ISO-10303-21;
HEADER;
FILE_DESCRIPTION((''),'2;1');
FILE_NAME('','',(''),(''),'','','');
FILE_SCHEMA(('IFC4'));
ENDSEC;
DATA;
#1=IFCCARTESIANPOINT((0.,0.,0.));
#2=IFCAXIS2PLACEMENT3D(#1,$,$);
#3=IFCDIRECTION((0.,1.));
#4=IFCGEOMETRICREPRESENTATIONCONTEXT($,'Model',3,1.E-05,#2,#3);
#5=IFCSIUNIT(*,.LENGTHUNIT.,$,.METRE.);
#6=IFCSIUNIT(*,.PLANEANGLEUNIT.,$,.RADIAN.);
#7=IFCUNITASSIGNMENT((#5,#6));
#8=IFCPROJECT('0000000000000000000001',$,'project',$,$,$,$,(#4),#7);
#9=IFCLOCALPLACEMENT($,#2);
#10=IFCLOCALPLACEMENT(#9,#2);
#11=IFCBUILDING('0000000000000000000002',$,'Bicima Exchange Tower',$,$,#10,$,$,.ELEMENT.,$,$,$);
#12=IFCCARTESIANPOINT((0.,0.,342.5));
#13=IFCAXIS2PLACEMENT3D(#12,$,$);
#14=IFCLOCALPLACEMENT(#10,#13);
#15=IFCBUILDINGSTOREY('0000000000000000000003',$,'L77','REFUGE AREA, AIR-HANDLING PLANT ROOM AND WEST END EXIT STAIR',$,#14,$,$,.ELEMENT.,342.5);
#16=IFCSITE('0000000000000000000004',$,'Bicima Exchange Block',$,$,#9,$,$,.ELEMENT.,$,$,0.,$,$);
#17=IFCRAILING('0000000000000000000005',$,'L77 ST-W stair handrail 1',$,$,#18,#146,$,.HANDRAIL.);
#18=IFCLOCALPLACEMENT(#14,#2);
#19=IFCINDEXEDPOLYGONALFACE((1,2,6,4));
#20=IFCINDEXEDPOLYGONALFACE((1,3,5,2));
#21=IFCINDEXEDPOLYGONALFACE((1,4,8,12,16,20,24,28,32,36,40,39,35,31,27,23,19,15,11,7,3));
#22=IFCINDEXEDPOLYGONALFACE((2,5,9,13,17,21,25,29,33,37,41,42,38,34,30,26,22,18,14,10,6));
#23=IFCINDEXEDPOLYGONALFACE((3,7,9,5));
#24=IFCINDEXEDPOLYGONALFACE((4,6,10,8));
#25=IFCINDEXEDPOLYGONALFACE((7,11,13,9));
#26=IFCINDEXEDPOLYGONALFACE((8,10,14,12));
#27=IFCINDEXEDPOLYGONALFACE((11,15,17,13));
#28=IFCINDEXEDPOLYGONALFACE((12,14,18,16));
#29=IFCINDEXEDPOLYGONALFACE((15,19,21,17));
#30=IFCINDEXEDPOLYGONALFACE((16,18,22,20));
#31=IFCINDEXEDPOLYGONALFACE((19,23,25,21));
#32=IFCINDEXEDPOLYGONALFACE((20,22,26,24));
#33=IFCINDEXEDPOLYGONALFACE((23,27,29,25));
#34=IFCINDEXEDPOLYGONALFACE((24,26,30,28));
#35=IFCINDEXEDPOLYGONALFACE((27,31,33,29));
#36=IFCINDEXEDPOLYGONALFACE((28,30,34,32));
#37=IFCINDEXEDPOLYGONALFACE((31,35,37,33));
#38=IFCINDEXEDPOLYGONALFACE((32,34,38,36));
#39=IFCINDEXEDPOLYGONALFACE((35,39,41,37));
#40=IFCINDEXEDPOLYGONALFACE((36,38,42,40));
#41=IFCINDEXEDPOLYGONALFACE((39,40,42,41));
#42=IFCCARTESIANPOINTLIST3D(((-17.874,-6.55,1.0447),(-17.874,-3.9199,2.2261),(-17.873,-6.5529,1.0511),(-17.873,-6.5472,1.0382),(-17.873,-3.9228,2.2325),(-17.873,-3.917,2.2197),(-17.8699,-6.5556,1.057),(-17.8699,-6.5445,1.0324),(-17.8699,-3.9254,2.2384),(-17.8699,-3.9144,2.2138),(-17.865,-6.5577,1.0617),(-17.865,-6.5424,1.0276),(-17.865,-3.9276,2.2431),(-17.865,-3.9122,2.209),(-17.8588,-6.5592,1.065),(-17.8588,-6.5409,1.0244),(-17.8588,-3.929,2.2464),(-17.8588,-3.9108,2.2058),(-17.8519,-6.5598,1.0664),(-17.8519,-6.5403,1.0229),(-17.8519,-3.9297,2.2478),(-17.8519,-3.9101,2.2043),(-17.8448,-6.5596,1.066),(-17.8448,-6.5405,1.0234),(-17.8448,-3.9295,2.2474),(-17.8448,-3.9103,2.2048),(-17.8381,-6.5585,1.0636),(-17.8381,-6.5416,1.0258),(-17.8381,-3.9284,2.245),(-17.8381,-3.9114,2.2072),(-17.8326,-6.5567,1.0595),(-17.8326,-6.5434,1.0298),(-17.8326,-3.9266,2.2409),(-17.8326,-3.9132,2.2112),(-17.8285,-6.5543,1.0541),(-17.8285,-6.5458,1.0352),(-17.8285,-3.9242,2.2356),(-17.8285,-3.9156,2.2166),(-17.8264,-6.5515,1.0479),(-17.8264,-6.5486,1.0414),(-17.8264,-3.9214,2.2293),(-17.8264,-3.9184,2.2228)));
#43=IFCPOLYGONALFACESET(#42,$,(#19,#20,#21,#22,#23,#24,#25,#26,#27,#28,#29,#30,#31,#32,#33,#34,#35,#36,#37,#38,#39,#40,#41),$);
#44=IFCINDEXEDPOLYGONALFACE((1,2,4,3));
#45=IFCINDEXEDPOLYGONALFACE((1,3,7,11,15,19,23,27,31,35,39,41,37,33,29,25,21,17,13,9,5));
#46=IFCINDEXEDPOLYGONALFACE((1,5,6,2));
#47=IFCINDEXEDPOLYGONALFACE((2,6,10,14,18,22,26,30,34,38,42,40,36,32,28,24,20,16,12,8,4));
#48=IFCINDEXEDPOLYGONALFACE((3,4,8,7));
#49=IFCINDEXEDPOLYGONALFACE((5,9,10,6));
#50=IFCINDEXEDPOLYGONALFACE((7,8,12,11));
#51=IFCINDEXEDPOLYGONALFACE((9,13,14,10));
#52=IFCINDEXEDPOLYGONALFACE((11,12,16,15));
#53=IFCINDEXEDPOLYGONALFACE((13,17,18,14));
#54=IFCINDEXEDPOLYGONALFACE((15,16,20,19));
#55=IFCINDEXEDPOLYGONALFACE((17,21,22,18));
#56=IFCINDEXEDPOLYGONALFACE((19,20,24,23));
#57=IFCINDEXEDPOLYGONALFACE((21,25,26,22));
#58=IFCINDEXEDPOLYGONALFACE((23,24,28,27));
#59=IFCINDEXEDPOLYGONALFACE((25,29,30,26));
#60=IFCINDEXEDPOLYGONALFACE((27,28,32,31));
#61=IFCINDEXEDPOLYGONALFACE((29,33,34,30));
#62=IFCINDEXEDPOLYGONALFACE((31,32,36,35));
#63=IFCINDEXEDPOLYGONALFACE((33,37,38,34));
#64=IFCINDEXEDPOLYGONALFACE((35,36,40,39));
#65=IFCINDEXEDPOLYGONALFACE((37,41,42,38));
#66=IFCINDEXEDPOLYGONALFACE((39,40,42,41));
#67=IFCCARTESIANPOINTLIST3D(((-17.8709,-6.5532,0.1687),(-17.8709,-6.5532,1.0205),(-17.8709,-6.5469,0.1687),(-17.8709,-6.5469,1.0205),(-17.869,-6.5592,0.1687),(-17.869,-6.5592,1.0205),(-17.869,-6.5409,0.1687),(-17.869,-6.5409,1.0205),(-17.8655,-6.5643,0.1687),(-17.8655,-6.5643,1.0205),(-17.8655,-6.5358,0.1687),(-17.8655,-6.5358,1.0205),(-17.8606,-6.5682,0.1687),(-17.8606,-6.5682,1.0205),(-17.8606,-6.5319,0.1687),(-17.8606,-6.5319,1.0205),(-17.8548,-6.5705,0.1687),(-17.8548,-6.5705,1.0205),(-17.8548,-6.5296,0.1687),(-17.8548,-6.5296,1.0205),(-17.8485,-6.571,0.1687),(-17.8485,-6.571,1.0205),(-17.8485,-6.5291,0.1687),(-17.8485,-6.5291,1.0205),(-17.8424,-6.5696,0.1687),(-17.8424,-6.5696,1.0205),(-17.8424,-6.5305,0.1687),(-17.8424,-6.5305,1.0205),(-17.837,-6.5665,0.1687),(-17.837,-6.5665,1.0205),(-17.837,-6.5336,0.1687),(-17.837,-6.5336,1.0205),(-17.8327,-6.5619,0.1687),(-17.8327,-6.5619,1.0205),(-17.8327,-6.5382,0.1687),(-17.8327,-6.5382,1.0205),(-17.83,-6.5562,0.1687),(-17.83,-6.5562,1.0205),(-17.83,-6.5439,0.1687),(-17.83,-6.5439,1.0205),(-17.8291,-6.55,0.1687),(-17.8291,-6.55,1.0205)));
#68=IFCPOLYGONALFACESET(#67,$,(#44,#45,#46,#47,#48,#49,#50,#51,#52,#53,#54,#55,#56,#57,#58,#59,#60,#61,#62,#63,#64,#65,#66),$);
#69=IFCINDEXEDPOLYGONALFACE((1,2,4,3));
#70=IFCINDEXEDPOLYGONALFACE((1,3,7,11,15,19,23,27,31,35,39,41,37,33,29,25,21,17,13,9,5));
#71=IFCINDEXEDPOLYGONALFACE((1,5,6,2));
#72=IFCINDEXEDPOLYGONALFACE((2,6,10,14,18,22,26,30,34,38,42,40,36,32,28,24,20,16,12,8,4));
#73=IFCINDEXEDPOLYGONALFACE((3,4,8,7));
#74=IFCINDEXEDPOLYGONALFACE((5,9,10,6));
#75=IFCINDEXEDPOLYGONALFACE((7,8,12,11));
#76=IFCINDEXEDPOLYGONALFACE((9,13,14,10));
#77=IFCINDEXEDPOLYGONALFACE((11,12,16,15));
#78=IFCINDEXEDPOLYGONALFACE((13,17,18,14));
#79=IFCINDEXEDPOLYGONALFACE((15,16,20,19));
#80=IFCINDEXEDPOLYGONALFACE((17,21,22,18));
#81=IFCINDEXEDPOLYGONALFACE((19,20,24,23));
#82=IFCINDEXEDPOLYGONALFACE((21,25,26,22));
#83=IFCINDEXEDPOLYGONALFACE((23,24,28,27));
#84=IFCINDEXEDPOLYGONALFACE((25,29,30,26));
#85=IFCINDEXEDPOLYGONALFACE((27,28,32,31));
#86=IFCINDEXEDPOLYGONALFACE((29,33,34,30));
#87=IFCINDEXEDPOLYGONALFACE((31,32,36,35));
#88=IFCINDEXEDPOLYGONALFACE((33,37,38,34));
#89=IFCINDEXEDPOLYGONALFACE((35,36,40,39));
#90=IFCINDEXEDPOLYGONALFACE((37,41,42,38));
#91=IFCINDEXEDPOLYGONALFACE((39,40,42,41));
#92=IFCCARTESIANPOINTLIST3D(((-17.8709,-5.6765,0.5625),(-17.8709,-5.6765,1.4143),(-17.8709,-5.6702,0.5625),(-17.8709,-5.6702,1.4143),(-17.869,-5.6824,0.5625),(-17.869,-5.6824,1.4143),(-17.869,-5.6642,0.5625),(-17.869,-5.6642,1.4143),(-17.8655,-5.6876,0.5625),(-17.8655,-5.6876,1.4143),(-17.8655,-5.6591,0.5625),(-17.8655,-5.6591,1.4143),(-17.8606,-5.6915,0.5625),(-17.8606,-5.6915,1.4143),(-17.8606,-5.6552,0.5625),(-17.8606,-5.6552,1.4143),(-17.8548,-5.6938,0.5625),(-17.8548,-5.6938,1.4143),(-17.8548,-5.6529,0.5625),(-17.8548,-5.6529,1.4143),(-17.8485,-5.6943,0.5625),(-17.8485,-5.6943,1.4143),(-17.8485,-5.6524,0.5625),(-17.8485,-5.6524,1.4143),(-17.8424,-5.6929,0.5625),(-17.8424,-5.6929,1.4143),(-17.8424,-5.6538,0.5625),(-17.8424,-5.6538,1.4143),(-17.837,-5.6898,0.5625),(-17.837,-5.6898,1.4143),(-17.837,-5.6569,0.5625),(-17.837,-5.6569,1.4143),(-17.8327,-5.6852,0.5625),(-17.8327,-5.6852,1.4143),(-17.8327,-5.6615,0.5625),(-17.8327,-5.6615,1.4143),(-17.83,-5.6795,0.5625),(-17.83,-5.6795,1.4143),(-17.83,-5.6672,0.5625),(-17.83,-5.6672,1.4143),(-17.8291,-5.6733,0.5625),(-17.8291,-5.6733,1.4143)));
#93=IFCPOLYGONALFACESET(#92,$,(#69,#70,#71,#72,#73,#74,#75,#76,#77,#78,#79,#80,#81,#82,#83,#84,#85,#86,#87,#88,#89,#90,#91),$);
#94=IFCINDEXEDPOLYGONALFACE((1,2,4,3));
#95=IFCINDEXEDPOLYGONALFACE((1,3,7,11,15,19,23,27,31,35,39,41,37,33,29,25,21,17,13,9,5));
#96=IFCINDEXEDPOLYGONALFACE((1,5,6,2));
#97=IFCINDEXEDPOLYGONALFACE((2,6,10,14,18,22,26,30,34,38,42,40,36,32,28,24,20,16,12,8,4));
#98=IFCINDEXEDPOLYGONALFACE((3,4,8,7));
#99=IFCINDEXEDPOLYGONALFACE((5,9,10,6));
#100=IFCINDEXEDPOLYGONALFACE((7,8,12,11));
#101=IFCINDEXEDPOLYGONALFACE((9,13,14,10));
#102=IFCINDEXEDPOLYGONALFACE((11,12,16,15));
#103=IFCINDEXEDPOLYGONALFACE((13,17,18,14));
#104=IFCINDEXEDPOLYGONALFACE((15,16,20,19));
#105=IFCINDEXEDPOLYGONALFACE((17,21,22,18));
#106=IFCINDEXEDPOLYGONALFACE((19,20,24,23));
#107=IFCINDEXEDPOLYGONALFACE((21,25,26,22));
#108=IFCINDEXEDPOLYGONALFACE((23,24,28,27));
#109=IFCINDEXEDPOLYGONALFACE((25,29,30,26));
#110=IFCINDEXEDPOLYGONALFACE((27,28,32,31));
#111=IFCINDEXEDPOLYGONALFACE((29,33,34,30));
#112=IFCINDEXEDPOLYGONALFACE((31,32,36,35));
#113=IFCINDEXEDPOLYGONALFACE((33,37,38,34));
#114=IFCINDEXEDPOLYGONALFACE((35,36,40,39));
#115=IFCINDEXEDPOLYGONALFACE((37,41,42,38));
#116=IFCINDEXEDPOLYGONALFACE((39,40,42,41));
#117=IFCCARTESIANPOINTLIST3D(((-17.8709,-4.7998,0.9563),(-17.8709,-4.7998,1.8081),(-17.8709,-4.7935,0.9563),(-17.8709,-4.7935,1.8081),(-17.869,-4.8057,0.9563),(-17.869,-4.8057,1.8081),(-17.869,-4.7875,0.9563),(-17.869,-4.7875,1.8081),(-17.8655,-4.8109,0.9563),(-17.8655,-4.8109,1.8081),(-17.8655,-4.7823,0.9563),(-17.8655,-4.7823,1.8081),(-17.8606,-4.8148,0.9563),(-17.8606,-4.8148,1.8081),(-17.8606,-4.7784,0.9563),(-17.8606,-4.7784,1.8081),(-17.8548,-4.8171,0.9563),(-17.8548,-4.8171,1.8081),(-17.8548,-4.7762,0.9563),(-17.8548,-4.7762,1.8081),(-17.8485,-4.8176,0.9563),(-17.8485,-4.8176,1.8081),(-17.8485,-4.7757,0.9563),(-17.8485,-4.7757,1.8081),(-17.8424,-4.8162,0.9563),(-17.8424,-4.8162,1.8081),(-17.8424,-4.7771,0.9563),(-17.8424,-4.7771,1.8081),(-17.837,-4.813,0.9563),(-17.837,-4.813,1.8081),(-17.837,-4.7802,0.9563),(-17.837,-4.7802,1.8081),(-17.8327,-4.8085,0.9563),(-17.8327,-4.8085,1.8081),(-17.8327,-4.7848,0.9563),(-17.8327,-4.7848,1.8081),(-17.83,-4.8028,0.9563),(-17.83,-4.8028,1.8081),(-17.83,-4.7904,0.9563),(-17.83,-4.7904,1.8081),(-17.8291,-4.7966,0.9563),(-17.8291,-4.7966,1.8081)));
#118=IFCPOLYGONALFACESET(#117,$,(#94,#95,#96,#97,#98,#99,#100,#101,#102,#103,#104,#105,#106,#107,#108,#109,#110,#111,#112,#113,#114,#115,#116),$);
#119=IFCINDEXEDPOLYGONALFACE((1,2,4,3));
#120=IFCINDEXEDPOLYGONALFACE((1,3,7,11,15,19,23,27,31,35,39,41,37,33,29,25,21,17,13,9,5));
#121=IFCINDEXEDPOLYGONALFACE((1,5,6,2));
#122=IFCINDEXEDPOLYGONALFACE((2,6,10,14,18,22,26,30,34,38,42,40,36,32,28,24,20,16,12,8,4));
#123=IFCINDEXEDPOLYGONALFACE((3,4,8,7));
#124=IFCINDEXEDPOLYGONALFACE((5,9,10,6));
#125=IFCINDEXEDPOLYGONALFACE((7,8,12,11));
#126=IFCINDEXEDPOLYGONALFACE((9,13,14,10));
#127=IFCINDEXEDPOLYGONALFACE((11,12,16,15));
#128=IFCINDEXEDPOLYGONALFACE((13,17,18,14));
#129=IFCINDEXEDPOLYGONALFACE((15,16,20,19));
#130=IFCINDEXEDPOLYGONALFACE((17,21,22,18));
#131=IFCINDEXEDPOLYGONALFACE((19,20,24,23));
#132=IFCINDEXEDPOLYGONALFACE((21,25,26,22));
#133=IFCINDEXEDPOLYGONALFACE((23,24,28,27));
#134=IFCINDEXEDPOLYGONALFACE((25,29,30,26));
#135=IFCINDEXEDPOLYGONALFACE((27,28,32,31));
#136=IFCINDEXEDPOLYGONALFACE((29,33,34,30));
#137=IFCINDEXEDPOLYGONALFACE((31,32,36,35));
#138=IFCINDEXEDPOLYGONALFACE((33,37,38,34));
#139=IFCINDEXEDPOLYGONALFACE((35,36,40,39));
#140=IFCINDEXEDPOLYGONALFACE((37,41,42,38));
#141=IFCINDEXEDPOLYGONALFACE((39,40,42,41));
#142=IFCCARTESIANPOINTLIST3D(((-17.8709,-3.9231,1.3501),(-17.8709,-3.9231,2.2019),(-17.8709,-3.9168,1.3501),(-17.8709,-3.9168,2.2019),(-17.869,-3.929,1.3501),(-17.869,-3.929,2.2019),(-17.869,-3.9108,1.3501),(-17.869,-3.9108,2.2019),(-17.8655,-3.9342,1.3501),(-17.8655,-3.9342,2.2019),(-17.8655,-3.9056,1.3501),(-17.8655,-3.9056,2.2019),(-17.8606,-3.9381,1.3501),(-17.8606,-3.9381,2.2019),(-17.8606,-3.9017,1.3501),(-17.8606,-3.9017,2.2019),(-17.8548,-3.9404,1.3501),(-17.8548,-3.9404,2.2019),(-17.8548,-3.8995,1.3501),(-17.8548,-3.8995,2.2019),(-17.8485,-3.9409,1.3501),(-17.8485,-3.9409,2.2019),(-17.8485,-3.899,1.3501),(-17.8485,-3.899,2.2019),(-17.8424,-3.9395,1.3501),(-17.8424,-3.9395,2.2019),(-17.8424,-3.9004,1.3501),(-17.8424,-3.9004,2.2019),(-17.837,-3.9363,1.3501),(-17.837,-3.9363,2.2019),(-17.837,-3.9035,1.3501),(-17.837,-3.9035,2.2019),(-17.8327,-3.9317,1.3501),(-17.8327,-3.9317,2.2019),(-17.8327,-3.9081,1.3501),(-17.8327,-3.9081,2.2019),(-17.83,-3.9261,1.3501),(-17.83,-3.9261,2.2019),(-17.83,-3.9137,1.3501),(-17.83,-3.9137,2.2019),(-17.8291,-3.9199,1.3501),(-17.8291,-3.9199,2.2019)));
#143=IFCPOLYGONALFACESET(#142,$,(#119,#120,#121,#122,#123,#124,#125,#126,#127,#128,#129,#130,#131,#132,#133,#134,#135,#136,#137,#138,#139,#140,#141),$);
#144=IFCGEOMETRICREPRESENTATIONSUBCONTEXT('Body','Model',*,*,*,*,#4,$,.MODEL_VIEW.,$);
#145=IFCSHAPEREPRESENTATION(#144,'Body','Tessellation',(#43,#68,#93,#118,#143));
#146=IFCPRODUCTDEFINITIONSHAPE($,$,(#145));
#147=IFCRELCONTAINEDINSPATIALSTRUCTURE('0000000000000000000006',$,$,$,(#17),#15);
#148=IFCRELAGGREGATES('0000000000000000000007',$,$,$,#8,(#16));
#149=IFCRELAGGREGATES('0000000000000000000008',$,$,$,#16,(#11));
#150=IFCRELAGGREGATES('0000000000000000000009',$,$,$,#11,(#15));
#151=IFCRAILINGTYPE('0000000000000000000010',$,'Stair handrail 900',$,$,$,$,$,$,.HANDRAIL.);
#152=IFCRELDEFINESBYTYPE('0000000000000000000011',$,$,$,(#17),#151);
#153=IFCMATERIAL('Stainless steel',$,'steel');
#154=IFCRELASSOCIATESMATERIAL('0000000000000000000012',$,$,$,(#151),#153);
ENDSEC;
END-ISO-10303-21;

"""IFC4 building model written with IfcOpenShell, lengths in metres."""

from ifc_helpers import new_model, si_unit, direction, frame, origin, origin_2d, place, context, subcontext, project, spatial, circle, extrude, material, type_object, element, save


model = new_model("IFC4")

# Units and contexts
model_context = context("Model", 3, precision=1e-05, world=origin(), true_north=direction((0.0, 1.0)))
body_context = subcontext(model_context, "Body", "Model", "MODEL_VIEW")
ifc_project = project(units=[si_unit("LENGTHUNIT", "METRE"), si_unit("PLANEANGLEUNIT", "RADIAN")], contexts=[model_context])

# Site, building, storey
site_placement = place(None, origin())
site = spatial("IfcSite", under=ifc_project, at=site_placement, Name="Bicima Exchange Block", CompositionType="ELEMENT", RefElevation=0.0)
building_placement = place(site_placement, origin())
building = spatial("IfcBuilding", under=site, at=building_placement, Name="Bicima Exchange Tower", CompositionType="ELEMENT")
storey_placement = place(building_placement, frame((0.0, 0.0, 342.5)))
storey = spatial("IfcBuildingStorey", under=building, at=storey_placement, Name="L77", Description="REFUGE AREA, AIR-HANDLING PLANT ROOM AND WEST END EXIT STAIR", CompositionType="ELEMENT", Elevation=342.5)

# Shared definitions
ifc_material_1 = material(Name="Stainless steel", Category="steel")

# Railing
railing_type_1 = type_object("IfcRailingType", Name="Stair handrail 900", PredefinedType="HANDRAIL", material=ifc_material_1)
railing_1_placement = place(storey_placement, frame((-17.8501, -6.55, 0.1687)))
element("IfcRailing", 1, at=railing_1_placement, inside=storey, type_object=railing_type_1, Name="L77 ST-W stair handrail 1", PredefinedType="HANDRAIL", context=body_context, shape_type="SweptSolid", body=[
    extrude(circle(Radius=0.0239, at=origin_2d()), frame((0.0, 0.0, 0.876), z_axis=(0.0, 0.912202, 0.409741), x_axis=(-1.0, 0.0, 0.0)), (0.0, 0.0, 1.0), 2.8833),
    extrude(circle(Radius=0.021, at=origin_2d()), origin(), (0.0, 0.0, 1.0), 0.8518),
    extrude(circle(Radius=0.021, at=origin_2d()), frame((0.0, 0.8767, 0.3938)), (0.0, 0.0, 1.0), 0.8518),
    extrude(circle(Radius=0.021, at=origin_2d()), frame((0.0, 1.7534, 0.7876)), (0.0, 0.0, 1.0), 0.8518),
    extrude(circle(Radius=0.021, at=origin_2d()), frame((0.0, 2.6301, 1.1814)), (0.0, 0.0, 1.0), 0.8518),
])

save(model, "model.ifc")
